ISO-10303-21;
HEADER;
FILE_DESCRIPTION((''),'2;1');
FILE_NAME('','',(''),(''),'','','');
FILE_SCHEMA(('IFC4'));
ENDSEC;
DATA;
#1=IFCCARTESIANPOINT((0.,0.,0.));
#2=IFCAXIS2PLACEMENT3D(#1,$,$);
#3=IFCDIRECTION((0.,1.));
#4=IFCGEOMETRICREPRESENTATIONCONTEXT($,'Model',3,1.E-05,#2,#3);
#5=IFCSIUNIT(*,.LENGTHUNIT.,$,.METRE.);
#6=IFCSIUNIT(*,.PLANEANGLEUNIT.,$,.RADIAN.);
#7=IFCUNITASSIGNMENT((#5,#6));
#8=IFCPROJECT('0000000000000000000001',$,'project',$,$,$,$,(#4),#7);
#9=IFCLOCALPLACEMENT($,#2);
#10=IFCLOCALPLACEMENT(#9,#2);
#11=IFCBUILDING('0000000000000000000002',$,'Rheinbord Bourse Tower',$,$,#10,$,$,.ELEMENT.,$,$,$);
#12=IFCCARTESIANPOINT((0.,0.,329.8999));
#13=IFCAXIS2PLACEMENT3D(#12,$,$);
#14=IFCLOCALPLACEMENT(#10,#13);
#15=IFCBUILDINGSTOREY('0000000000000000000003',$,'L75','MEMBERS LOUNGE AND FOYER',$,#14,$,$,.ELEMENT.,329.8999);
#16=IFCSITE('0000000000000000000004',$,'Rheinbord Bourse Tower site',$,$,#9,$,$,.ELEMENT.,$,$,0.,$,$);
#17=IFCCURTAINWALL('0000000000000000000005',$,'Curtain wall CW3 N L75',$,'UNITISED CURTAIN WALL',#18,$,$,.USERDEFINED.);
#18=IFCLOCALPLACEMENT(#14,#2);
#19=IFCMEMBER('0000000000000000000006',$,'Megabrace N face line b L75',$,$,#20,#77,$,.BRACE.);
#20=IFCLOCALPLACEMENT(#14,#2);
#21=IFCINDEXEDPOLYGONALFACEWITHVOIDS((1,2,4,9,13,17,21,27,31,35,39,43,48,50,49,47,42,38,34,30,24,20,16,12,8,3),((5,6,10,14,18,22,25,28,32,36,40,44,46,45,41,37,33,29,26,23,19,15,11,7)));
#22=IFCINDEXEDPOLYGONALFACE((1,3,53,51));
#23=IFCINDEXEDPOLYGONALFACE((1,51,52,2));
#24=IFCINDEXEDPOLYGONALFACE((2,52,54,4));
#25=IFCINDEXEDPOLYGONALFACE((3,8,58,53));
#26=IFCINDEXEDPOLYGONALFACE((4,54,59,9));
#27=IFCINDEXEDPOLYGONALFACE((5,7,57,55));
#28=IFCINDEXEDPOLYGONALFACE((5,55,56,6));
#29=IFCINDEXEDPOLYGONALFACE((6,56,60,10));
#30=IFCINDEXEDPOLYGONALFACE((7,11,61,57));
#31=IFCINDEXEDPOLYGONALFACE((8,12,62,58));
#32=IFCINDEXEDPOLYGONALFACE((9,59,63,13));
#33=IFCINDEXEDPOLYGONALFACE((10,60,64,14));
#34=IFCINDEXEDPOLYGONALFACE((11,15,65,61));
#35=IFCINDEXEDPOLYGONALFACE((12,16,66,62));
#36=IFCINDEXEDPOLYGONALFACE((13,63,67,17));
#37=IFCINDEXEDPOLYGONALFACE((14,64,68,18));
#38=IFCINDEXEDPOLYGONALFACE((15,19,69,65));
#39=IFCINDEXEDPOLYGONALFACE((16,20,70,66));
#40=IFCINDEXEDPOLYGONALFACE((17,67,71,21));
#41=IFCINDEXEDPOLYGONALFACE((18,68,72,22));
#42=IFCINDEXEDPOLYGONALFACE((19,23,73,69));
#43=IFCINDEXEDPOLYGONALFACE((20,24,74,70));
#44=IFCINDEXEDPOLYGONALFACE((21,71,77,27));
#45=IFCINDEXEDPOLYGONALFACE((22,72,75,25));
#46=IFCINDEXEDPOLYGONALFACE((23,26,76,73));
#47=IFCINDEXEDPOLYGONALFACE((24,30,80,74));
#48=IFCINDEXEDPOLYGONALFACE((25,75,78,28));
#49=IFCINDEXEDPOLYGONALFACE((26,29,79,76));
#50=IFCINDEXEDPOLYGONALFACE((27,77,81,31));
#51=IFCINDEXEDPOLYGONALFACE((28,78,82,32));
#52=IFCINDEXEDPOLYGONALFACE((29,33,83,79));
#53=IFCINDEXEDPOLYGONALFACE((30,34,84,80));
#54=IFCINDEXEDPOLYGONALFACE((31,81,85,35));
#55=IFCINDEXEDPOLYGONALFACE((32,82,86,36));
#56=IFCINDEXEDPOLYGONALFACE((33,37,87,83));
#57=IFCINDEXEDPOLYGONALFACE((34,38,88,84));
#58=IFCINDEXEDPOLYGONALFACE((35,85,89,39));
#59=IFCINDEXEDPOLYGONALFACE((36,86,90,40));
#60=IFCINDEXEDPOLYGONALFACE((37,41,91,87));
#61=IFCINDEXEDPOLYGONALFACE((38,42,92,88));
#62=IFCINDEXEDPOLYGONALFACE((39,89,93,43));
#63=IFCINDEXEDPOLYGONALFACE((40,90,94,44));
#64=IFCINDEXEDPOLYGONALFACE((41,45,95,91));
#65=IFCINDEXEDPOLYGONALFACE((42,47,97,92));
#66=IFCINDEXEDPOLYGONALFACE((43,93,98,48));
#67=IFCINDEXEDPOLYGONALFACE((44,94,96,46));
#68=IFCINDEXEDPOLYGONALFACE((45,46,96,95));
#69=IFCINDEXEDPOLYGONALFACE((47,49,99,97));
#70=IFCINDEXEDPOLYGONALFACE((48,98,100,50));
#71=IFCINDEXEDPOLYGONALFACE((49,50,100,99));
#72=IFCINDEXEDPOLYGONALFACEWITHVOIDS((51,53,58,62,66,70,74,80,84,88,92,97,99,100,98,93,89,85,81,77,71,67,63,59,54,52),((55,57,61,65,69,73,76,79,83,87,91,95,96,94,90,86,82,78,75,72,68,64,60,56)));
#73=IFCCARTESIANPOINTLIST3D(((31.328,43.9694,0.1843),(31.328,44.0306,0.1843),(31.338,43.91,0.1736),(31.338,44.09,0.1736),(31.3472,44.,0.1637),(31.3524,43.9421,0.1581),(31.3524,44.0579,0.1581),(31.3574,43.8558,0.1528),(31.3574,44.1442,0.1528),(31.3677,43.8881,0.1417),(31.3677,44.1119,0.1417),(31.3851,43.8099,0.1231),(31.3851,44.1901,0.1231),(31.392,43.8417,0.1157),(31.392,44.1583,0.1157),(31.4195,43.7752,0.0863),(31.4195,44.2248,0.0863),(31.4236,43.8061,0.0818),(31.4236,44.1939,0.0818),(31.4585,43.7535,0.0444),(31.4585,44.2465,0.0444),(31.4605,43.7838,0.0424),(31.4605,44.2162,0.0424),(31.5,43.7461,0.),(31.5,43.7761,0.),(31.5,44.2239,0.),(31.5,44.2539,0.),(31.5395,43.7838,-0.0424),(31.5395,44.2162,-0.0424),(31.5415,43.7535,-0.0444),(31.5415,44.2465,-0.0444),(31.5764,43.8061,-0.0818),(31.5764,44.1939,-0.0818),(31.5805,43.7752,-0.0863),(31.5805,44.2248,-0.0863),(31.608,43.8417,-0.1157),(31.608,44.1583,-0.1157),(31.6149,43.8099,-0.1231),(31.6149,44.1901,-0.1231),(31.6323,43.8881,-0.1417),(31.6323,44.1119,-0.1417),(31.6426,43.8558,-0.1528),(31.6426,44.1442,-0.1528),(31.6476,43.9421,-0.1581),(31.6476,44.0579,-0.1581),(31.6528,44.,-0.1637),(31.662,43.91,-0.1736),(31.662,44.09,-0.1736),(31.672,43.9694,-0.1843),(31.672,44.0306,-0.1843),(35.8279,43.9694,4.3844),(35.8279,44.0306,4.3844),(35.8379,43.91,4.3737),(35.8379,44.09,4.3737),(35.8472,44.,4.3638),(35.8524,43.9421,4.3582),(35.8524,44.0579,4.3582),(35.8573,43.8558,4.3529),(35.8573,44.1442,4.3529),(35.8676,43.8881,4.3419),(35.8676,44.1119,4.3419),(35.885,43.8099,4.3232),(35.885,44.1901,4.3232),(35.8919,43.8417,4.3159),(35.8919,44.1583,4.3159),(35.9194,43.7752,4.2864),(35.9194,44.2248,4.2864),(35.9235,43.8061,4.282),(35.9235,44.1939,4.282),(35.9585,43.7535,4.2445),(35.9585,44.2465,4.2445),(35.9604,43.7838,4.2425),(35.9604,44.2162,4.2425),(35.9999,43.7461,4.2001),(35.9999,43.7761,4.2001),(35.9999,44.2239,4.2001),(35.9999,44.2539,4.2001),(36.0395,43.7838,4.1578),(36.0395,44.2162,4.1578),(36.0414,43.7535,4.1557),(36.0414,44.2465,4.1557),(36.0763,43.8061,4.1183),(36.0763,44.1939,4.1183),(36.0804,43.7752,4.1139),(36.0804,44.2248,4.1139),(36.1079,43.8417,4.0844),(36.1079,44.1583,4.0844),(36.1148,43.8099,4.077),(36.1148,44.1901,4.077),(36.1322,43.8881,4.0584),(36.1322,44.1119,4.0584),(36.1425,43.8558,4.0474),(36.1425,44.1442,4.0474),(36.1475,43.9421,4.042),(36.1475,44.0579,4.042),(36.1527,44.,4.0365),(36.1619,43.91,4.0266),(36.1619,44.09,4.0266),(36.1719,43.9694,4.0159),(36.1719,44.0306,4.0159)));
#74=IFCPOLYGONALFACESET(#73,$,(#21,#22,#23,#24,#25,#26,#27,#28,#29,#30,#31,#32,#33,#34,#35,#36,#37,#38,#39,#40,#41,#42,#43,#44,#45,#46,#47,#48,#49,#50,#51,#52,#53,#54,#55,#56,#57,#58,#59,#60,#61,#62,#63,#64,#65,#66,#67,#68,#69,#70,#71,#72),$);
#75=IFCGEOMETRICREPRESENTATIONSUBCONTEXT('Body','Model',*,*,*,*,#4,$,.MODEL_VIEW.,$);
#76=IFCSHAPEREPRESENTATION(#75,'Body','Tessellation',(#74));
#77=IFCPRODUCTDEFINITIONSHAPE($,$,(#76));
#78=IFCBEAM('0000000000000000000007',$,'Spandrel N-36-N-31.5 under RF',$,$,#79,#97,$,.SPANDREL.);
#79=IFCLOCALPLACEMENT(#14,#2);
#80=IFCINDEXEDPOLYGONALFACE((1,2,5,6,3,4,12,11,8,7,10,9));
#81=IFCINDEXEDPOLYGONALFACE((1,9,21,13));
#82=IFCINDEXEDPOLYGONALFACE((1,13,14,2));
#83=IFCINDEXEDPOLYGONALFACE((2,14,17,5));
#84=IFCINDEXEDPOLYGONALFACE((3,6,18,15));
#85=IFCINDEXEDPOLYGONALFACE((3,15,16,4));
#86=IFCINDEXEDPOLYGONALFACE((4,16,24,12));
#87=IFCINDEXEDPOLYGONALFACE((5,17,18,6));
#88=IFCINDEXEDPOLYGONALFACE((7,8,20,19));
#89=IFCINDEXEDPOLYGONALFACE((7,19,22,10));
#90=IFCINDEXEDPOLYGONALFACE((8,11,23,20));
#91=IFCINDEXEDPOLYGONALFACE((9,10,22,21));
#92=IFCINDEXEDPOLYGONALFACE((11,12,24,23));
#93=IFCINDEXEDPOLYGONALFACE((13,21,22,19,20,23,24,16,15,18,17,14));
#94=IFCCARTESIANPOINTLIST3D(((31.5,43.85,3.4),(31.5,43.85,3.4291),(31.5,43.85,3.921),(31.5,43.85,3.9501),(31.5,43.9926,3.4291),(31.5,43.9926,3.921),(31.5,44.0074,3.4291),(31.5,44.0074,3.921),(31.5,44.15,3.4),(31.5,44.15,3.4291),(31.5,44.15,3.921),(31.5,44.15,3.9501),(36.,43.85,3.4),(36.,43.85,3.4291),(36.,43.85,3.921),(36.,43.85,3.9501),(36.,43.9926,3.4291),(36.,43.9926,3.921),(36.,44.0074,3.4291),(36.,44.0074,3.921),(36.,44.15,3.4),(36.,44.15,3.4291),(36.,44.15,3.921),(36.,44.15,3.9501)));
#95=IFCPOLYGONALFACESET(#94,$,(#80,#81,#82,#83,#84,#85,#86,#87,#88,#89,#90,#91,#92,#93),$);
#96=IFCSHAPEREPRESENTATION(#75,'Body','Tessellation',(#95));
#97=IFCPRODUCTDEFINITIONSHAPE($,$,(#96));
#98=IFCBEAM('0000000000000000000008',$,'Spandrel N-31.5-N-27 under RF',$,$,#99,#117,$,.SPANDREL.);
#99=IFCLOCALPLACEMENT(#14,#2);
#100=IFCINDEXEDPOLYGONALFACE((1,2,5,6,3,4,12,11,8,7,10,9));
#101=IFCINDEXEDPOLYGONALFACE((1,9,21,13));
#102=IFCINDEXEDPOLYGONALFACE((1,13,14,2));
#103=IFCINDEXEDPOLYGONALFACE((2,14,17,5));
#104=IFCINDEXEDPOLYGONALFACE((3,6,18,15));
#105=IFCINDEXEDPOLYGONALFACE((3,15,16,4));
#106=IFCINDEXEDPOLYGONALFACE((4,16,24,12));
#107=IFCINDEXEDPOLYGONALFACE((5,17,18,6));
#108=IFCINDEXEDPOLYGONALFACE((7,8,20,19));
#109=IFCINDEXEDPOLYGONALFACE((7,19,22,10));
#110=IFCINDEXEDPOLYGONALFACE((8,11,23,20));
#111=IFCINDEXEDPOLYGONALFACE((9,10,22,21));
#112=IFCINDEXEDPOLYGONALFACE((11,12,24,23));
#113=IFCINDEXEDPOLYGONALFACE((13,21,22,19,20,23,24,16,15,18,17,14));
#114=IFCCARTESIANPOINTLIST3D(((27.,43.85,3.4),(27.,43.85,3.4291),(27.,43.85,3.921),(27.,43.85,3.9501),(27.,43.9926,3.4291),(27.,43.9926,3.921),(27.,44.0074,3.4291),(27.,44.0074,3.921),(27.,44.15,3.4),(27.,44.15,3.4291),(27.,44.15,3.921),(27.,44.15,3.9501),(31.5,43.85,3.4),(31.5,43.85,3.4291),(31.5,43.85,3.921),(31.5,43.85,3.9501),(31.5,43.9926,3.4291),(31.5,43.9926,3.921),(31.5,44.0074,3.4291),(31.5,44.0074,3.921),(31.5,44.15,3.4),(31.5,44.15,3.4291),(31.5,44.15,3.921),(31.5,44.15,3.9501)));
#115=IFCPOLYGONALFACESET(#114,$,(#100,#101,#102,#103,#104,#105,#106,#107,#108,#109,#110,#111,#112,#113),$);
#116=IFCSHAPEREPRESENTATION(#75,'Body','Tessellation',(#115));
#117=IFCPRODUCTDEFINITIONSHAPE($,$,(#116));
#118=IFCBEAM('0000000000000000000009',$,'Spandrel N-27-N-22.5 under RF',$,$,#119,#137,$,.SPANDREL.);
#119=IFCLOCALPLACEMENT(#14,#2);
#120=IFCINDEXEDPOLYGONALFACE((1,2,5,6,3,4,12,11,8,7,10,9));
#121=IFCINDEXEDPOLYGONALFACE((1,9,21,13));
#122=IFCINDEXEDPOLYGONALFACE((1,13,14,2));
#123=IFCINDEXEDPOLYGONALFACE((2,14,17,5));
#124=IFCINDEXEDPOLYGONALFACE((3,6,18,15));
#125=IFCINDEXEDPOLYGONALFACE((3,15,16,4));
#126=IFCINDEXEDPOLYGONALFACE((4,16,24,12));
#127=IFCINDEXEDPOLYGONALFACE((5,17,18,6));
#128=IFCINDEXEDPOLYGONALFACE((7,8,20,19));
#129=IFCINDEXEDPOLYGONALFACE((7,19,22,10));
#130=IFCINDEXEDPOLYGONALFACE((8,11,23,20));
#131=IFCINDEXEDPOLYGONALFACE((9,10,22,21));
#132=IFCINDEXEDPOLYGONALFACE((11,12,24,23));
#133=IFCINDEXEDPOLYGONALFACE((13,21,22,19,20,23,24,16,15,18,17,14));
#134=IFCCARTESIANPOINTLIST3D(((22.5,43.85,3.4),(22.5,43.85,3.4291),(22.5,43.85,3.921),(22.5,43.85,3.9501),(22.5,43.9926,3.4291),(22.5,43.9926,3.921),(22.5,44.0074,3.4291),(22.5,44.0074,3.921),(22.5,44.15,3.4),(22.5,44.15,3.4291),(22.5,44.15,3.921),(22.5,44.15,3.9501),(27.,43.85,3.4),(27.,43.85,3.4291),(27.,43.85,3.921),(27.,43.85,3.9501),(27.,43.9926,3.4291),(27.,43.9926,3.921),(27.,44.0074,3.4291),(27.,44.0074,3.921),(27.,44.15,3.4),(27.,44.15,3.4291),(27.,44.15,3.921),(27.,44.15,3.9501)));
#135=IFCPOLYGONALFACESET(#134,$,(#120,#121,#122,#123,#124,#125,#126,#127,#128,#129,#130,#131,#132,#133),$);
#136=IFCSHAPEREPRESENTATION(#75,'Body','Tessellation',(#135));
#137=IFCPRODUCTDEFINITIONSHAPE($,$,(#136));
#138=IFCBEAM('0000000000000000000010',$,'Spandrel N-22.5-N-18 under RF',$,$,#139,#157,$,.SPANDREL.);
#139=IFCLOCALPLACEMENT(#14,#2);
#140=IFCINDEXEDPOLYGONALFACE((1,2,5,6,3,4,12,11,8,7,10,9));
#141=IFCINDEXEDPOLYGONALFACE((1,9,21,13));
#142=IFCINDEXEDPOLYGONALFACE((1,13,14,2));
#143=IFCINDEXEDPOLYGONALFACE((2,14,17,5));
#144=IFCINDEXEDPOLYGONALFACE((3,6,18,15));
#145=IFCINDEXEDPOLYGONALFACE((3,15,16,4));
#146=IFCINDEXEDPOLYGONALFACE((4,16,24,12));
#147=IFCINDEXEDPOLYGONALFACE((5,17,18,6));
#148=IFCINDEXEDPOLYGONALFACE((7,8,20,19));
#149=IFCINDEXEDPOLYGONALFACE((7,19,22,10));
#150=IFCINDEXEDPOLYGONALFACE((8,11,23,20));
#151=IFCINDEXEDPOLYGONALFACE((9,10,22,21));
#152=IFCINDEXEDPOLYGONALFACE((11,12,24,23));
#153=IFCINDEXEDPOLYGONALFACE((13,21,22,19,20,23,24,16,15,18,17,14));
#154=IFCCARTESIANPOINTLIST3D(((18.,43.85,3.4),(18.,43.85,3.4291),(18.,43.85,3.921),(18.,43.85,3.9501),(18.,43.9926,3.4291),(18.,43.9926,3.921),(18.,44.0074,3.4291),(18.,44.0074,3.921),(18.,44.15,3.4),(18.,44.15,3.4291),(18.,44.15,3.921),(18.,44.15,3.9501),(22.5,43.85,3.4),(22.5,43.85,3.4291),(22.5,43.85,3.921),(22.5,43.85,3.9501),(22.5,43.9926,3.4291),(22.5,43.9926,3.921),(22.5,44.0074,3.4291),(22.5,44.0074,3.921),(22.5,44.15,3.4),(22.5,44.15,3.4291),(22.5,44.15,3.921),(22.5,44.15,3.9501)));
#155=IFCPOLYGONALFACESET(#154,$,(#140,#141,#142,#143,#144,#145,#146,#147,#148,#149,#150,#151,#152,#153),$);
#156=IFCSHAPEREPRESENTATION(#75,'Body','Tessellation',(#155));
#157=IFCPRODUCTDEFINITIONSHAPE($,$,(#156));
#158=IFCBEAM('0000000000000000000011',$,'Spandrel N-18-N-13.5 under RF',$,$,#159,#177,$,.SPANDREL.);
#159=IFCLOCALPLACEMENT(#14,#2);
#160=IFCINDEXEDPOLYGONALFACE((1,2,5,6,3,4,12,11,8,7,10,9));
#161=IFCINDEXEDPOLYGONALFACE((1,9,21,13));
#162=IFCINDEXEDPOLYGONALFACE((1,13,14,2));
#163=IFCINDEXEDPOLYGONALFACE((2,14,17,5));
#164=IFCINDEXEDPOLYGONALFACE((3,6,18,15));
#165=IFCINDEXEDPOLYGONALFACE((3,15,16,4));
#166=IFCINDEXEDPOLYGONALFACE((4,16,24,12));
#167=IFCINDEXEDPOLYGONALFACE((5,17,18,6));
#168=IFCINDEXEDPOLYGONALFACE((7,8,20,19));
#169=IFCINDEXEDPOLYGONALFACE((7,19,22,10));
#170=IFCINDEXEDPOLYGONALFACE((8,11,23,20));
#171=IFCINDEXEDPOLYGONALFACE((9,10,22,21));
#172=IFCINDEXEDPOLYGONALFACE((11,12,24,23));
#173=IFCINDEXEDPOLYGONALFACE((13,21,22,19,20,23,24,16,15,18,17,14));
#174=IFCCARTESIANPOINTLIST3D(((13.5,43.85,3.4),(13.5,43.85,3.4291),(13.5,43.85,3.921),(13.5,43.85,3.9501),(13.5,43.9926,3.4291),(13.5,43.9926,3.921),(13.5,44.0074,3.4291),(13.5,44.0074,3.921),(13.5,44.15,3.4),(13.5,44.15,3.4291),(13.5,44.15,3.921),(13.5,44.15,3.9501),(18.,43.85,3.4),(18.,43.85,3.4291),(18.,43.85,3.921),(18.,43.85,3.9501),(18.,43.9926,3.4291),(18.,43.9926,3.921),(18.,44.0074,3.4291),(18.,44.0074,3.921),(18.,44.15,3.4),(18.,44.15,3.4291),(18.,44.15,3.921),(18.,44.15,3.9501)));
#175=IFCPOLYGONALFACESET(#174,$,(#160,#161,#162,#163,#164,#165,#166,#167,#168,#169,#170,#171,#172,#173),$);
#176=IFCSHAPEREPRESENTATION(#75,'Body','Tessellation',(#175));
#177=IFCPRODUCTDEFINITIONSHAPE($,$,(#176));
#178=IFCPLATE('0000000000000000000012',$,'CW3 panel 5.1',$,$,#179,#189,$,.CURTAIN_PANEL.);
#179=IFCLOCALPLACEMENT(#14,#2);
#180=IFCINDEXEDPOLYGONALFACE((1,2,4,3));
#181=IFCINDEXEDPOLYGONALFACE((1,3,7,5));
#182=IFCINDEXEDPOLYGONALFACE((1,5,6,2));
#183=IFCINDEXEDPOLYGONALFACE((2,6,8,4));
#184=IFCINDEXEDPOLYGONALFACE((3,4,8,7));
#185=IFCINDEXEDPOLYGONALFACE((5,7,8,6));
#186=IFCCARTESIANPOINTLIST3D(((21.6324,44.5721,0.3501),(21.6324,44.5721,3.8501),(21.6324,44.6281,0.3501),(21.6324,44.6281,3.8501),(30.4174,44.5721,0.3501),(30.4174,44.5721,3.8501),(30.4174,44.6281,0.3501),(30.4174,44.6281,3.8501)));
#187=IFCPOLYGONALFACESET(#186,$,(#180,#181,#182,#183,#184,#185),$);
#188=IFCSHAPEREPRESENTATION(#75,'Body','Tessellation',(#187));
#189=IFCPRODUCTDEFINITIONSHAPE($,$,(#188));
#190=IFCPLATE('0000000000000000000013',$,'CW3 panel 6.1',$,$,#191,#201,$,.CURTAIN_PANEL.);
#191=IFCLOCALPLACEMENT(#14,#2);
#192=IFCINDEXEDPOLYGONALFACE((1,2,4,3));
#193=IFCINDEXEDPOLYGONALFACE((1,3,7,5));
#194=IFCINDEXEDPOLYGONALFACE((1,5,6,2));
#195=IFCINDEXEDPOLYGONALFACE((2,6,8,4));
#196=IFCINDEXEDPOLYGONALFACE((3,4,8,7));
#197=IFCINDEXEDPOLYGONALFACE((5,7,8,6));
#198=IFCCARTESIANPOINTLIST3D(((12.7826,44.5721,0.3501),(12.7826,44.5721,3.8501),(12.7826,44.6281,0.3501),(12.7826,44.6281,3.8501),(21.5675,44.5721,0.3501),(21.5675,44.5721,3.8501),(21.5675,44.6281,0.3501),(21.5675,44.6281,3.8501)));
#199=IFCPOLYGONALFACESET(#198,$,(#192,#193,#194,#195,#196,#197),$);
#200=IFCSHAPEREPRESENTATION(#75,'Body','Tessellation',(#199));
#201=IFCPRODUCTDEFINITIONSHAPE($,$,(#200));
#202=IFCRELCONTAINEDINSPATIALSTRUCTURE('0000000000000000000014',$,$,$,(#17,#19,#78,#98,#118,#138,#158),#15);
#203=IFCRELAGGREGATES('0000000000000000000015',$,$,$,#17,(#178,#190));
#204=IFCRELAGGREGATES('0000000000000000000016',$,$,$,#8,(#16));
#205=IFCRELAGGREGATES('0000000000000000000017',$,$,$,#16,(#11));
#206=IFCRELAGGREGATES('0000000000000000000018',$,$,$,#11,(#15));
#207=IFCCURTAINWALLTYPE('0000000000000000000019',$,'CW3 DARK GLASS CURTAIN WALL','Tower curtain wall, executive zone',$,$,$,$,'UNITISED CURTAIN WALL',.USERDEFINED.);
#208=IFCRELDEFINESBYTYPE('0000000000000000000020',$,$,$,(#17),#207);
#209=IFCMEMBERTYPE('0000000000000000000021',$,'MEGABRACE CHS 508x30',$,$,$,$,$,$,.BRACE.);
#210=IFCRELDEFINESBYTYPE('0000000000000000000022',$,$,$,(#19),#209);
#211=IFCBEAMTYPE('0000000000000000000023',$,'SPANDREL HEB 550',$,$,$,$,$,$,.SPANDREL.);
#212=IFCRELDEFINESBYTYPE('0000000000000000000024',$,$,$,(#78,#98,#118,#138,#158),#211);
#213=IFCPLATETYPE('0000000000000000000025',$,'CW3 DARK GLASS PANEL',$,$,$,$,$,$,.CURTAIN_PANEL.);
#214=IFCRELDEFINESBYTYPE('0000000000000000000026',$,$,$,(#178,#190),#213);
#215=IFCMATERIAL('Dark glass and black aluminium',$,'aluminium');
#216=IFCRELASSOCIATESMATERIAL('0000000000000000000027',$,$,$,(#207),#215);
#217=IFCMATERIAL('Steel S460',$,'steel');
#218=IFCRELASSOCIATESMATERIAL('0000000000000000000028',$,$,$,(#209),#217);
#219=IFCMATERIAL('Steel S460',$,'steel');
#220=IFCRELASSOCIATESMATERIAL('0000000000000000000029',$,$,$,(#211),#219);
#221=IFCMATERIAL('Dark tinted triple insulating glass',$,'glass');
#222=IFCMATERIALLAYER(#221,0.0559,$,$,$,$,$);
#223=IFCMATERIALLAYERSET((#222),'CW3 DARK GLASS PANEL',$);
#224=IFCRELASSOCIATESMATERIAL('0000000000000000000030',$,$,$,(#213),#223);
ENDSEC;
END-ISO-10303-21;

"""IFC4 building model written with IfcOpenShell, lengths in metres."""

from ifc_helpers import new_model, si_unit, direction, frame, origin, origin_2d, place, context, subcontext, project, spatial, rectangle, hollow_circle, i_section, extrude, material, layer, layer_set, material_profile, profile_set, type_object, element, aggregate, save


model = new_model("IFC4")

# Units and contexts
model_context = context("Model", 3, precision=1e-05, world=origin(), true_north=direction((0.0, 1.0)))
body_context = subcontext(model_context, "Body", "Model", "MODEL_VIEW")
ifc_project = project(units=[si_unit("LENGTHUNIT", "METRE"), si_unit("PLANEANGLEUNIT", "RADIAN")], contexts=[model_context])

# Site, building, storey
site_placement = place(None, origin())
site = spatial("IfcSite", under=ifc_project, at=site_placement, Name="Rheinbord Bourse Tower site", CompositionType="ELEMENT", RefElevation=0.0)
building_placement = place(site_placement, origin())
building = spatial("IfcBuilding", under=site, at=building_placement, Name="Rheinbord Bourse Tower", CompositionType="ELEMENT")
storey_placement = place(building_placement, frame((0.0, 0.0, 329.8999)))
storey = spatial("IfcBuildingStorey", under=building, at=storey_placement, Name="L75", Description="MEMBERS LOUNGE AND FOYER", CompositionType="ELEMENT", Elevation=329.8999)

# Curtain wall
ifc_material_1 = material(Name="Dark glass and black aluminium", Category="aluminium")
curtain_wall_type = type_object("IfcCurtainWallType", Name="CW3 DARK GLASS CURTAIN WALL", Description="Tower curtain wall, executive zone", ElementType="UNITISED CURTAIN WALL", PredefinedType="USERDEFINED", material=ifc_material_1)
curtain_wall_placement = place(storey_placement, origin())
curtain_wall = element("IfcCurtainWall", 1, at=curtain_wall_placement, inside=storey, type_object=curtain_wall_type, Name="Curtain wall CW3 N L75", ObjectType="UNITISED CURTAIN WALL", PredefinedType="USERDEFINED")

# Member
ifc_material_2 = material(Name="Steel S460", Category="steel")
ifc_material_profile_1 = material_profile(ifc_material_2, hollow_circle(Radius=0.2539, WallThickness=0.03, at=origin_2d()), Name="CHS 508x30")
ifc_profile_set_1 = profile_set([ifc_material_profile_1], Name="Steel S460")
member_type_1 = type_object("IfcMemberType", Name="MEGABRACE CHS 508x30", PredefinedType="BRACE", material=ifc_profile_set_1)
member_1_placement = place(storey_placement, frame((31.5, 44.0, 0.0), z_axis=(0.731039, 0.0, 0.682335), x_axis=(0.0, 1.0, 0.0)))
element("IfcMember", 2, at=member_1_placement, inside=storey, type_object=member_type_1, Name="Megabrace N face line b L75", PredefinedType="BRACE", context=body_context, shape_type="SweptSolid", body=[
    extrude(hollow_circle(Radius=0.2539, WallThickness=0.03, at=origin_2d()), origin(), (0.0, 0.0, 1.0), 6.1555),
])

# Beams
ifc_material_3 = material(Name="Steel S460", Category="steel")
ifc_material_profile_2 = material_profile(ifc_material_3, i_section(OverallWidth=0.3, OverallDepth=0.55, WebThickness=0.0149, FlangeThickness=0.0291, at=origin_2d()), Name="HEB 550")
ifc_profile_set_2 = profile_set([ifc_material_profile_2], Name="Steel S460")
beam_type_1 = type_object("IfcBeamType", Name="SPANDREL HEB 550", PredefinedType="SPANDREL", material=ifc_profile_set_2)
for number, where, z_axis, x_axis, name in (
    (3, (36.0, 44.0, 3.675), (-1.0, 0.0, 0.0), (0.0, -1.0, 0.0), "Spandrel N-36-N-31.5 under RF"),
    (4, (31.5, 44.0, 3.675), (-1.0, 0.0, 0.0), (0.0, -1.0, 0.0), "Spandrel N-31.5-N-27 under RF"),
    (5, (27.0, 44.0, 3.675), (-1.0, 0.0, 0.0), (0.0, -1.0, 0.0), "Spandrel N-27-N-22.5 under RF"),
    (6, (22.5, 44.0, 3.675), (-1.0, 0.0, 0.0), (0.0, -1.0, 0.0), "Spandrel N-22.5-N-18 under RF"),
    (7, (18.0, 44.0, 3.675), (-1.0, 0.0, 0.0), (0.0, -1.0, 0.0), "Spandrel N-18-N-13.5 under RF"),
):
    element("IfcBeam", number, at=place(storey_placement, frame(where, z_axis=z_axis, x_axis=x_axis)), inside=storey, type_object=beam_type_1, Name=name, PredefinedType="SPANDREL", context=body_context, shape_type="SweptSolid", body=[
        extrude(i_section(OverallWidth=0.3, OverallDepth=0.55, WebThickness=0.0149, FlangeThickness=0.0291, at=origin_2d()), origin(), (0.0, 0.0, 1.0), 4.5),
    ])

# Plates
ifc_material_4 = material(Name="Dark tinted triple insulating glass", Category="glass")
ifc_layer = layer(ifc_material_4, 0.0559)
ifc_layer_set = layer_set([ifc_layer], Name="CW3 DARK GLASS PANEL")
plate_type = type_object("IfcPlateType", Name="CW3 DARK GLASS PANEL", PredefinedType="CURTAIN_PANEL", material=ifc_layer_set)
plate_1_placement = place(storey_placement, frame((26.0249, 44.6001, 0.3501), z_axis=(0.0, 0.0, 1.0), x_axis=(-1.0, 0.0, 0.0)))
plate_1 = element("IfcPlate", 8, at=plate_1_placement, type_object=plate_type, Name="CW3 panel 5.1", PredefinedType="CURTAIN_PANEL", context=body_context, shape_type="SweptSolid", body=[
    extrude(rectangle(XDim=8.7849, YDim=0.0559, at=origin_2d()), origin(), (0.0, 0.0, 1.0), 3.5),
])
plate_2_placement = place(storey_placement, frame((17.175, 44.6001, 0.3501), z_axis=(0.0, 0.0, 1.0), x_axis=(-1.0, 0.0, 0.0)))
plate_2 = element("IfcPlate", 9, at=plate_2_placement, type_object=plate_type, Name="CW3 panel 6.1", PredefinedType="CURTAIN_PANEL", context=body_context, shape_type="SweptSolid", body=[
    extrude(rectangle(XDim=8.7849, YDim=0.0559, at=origin_2d()), origin(), (0.0, 0.0, 1.0), 3.5),
])
aggregate(curtain_wall, [plate_1, plate_2])

save(model, "model.ifc")
